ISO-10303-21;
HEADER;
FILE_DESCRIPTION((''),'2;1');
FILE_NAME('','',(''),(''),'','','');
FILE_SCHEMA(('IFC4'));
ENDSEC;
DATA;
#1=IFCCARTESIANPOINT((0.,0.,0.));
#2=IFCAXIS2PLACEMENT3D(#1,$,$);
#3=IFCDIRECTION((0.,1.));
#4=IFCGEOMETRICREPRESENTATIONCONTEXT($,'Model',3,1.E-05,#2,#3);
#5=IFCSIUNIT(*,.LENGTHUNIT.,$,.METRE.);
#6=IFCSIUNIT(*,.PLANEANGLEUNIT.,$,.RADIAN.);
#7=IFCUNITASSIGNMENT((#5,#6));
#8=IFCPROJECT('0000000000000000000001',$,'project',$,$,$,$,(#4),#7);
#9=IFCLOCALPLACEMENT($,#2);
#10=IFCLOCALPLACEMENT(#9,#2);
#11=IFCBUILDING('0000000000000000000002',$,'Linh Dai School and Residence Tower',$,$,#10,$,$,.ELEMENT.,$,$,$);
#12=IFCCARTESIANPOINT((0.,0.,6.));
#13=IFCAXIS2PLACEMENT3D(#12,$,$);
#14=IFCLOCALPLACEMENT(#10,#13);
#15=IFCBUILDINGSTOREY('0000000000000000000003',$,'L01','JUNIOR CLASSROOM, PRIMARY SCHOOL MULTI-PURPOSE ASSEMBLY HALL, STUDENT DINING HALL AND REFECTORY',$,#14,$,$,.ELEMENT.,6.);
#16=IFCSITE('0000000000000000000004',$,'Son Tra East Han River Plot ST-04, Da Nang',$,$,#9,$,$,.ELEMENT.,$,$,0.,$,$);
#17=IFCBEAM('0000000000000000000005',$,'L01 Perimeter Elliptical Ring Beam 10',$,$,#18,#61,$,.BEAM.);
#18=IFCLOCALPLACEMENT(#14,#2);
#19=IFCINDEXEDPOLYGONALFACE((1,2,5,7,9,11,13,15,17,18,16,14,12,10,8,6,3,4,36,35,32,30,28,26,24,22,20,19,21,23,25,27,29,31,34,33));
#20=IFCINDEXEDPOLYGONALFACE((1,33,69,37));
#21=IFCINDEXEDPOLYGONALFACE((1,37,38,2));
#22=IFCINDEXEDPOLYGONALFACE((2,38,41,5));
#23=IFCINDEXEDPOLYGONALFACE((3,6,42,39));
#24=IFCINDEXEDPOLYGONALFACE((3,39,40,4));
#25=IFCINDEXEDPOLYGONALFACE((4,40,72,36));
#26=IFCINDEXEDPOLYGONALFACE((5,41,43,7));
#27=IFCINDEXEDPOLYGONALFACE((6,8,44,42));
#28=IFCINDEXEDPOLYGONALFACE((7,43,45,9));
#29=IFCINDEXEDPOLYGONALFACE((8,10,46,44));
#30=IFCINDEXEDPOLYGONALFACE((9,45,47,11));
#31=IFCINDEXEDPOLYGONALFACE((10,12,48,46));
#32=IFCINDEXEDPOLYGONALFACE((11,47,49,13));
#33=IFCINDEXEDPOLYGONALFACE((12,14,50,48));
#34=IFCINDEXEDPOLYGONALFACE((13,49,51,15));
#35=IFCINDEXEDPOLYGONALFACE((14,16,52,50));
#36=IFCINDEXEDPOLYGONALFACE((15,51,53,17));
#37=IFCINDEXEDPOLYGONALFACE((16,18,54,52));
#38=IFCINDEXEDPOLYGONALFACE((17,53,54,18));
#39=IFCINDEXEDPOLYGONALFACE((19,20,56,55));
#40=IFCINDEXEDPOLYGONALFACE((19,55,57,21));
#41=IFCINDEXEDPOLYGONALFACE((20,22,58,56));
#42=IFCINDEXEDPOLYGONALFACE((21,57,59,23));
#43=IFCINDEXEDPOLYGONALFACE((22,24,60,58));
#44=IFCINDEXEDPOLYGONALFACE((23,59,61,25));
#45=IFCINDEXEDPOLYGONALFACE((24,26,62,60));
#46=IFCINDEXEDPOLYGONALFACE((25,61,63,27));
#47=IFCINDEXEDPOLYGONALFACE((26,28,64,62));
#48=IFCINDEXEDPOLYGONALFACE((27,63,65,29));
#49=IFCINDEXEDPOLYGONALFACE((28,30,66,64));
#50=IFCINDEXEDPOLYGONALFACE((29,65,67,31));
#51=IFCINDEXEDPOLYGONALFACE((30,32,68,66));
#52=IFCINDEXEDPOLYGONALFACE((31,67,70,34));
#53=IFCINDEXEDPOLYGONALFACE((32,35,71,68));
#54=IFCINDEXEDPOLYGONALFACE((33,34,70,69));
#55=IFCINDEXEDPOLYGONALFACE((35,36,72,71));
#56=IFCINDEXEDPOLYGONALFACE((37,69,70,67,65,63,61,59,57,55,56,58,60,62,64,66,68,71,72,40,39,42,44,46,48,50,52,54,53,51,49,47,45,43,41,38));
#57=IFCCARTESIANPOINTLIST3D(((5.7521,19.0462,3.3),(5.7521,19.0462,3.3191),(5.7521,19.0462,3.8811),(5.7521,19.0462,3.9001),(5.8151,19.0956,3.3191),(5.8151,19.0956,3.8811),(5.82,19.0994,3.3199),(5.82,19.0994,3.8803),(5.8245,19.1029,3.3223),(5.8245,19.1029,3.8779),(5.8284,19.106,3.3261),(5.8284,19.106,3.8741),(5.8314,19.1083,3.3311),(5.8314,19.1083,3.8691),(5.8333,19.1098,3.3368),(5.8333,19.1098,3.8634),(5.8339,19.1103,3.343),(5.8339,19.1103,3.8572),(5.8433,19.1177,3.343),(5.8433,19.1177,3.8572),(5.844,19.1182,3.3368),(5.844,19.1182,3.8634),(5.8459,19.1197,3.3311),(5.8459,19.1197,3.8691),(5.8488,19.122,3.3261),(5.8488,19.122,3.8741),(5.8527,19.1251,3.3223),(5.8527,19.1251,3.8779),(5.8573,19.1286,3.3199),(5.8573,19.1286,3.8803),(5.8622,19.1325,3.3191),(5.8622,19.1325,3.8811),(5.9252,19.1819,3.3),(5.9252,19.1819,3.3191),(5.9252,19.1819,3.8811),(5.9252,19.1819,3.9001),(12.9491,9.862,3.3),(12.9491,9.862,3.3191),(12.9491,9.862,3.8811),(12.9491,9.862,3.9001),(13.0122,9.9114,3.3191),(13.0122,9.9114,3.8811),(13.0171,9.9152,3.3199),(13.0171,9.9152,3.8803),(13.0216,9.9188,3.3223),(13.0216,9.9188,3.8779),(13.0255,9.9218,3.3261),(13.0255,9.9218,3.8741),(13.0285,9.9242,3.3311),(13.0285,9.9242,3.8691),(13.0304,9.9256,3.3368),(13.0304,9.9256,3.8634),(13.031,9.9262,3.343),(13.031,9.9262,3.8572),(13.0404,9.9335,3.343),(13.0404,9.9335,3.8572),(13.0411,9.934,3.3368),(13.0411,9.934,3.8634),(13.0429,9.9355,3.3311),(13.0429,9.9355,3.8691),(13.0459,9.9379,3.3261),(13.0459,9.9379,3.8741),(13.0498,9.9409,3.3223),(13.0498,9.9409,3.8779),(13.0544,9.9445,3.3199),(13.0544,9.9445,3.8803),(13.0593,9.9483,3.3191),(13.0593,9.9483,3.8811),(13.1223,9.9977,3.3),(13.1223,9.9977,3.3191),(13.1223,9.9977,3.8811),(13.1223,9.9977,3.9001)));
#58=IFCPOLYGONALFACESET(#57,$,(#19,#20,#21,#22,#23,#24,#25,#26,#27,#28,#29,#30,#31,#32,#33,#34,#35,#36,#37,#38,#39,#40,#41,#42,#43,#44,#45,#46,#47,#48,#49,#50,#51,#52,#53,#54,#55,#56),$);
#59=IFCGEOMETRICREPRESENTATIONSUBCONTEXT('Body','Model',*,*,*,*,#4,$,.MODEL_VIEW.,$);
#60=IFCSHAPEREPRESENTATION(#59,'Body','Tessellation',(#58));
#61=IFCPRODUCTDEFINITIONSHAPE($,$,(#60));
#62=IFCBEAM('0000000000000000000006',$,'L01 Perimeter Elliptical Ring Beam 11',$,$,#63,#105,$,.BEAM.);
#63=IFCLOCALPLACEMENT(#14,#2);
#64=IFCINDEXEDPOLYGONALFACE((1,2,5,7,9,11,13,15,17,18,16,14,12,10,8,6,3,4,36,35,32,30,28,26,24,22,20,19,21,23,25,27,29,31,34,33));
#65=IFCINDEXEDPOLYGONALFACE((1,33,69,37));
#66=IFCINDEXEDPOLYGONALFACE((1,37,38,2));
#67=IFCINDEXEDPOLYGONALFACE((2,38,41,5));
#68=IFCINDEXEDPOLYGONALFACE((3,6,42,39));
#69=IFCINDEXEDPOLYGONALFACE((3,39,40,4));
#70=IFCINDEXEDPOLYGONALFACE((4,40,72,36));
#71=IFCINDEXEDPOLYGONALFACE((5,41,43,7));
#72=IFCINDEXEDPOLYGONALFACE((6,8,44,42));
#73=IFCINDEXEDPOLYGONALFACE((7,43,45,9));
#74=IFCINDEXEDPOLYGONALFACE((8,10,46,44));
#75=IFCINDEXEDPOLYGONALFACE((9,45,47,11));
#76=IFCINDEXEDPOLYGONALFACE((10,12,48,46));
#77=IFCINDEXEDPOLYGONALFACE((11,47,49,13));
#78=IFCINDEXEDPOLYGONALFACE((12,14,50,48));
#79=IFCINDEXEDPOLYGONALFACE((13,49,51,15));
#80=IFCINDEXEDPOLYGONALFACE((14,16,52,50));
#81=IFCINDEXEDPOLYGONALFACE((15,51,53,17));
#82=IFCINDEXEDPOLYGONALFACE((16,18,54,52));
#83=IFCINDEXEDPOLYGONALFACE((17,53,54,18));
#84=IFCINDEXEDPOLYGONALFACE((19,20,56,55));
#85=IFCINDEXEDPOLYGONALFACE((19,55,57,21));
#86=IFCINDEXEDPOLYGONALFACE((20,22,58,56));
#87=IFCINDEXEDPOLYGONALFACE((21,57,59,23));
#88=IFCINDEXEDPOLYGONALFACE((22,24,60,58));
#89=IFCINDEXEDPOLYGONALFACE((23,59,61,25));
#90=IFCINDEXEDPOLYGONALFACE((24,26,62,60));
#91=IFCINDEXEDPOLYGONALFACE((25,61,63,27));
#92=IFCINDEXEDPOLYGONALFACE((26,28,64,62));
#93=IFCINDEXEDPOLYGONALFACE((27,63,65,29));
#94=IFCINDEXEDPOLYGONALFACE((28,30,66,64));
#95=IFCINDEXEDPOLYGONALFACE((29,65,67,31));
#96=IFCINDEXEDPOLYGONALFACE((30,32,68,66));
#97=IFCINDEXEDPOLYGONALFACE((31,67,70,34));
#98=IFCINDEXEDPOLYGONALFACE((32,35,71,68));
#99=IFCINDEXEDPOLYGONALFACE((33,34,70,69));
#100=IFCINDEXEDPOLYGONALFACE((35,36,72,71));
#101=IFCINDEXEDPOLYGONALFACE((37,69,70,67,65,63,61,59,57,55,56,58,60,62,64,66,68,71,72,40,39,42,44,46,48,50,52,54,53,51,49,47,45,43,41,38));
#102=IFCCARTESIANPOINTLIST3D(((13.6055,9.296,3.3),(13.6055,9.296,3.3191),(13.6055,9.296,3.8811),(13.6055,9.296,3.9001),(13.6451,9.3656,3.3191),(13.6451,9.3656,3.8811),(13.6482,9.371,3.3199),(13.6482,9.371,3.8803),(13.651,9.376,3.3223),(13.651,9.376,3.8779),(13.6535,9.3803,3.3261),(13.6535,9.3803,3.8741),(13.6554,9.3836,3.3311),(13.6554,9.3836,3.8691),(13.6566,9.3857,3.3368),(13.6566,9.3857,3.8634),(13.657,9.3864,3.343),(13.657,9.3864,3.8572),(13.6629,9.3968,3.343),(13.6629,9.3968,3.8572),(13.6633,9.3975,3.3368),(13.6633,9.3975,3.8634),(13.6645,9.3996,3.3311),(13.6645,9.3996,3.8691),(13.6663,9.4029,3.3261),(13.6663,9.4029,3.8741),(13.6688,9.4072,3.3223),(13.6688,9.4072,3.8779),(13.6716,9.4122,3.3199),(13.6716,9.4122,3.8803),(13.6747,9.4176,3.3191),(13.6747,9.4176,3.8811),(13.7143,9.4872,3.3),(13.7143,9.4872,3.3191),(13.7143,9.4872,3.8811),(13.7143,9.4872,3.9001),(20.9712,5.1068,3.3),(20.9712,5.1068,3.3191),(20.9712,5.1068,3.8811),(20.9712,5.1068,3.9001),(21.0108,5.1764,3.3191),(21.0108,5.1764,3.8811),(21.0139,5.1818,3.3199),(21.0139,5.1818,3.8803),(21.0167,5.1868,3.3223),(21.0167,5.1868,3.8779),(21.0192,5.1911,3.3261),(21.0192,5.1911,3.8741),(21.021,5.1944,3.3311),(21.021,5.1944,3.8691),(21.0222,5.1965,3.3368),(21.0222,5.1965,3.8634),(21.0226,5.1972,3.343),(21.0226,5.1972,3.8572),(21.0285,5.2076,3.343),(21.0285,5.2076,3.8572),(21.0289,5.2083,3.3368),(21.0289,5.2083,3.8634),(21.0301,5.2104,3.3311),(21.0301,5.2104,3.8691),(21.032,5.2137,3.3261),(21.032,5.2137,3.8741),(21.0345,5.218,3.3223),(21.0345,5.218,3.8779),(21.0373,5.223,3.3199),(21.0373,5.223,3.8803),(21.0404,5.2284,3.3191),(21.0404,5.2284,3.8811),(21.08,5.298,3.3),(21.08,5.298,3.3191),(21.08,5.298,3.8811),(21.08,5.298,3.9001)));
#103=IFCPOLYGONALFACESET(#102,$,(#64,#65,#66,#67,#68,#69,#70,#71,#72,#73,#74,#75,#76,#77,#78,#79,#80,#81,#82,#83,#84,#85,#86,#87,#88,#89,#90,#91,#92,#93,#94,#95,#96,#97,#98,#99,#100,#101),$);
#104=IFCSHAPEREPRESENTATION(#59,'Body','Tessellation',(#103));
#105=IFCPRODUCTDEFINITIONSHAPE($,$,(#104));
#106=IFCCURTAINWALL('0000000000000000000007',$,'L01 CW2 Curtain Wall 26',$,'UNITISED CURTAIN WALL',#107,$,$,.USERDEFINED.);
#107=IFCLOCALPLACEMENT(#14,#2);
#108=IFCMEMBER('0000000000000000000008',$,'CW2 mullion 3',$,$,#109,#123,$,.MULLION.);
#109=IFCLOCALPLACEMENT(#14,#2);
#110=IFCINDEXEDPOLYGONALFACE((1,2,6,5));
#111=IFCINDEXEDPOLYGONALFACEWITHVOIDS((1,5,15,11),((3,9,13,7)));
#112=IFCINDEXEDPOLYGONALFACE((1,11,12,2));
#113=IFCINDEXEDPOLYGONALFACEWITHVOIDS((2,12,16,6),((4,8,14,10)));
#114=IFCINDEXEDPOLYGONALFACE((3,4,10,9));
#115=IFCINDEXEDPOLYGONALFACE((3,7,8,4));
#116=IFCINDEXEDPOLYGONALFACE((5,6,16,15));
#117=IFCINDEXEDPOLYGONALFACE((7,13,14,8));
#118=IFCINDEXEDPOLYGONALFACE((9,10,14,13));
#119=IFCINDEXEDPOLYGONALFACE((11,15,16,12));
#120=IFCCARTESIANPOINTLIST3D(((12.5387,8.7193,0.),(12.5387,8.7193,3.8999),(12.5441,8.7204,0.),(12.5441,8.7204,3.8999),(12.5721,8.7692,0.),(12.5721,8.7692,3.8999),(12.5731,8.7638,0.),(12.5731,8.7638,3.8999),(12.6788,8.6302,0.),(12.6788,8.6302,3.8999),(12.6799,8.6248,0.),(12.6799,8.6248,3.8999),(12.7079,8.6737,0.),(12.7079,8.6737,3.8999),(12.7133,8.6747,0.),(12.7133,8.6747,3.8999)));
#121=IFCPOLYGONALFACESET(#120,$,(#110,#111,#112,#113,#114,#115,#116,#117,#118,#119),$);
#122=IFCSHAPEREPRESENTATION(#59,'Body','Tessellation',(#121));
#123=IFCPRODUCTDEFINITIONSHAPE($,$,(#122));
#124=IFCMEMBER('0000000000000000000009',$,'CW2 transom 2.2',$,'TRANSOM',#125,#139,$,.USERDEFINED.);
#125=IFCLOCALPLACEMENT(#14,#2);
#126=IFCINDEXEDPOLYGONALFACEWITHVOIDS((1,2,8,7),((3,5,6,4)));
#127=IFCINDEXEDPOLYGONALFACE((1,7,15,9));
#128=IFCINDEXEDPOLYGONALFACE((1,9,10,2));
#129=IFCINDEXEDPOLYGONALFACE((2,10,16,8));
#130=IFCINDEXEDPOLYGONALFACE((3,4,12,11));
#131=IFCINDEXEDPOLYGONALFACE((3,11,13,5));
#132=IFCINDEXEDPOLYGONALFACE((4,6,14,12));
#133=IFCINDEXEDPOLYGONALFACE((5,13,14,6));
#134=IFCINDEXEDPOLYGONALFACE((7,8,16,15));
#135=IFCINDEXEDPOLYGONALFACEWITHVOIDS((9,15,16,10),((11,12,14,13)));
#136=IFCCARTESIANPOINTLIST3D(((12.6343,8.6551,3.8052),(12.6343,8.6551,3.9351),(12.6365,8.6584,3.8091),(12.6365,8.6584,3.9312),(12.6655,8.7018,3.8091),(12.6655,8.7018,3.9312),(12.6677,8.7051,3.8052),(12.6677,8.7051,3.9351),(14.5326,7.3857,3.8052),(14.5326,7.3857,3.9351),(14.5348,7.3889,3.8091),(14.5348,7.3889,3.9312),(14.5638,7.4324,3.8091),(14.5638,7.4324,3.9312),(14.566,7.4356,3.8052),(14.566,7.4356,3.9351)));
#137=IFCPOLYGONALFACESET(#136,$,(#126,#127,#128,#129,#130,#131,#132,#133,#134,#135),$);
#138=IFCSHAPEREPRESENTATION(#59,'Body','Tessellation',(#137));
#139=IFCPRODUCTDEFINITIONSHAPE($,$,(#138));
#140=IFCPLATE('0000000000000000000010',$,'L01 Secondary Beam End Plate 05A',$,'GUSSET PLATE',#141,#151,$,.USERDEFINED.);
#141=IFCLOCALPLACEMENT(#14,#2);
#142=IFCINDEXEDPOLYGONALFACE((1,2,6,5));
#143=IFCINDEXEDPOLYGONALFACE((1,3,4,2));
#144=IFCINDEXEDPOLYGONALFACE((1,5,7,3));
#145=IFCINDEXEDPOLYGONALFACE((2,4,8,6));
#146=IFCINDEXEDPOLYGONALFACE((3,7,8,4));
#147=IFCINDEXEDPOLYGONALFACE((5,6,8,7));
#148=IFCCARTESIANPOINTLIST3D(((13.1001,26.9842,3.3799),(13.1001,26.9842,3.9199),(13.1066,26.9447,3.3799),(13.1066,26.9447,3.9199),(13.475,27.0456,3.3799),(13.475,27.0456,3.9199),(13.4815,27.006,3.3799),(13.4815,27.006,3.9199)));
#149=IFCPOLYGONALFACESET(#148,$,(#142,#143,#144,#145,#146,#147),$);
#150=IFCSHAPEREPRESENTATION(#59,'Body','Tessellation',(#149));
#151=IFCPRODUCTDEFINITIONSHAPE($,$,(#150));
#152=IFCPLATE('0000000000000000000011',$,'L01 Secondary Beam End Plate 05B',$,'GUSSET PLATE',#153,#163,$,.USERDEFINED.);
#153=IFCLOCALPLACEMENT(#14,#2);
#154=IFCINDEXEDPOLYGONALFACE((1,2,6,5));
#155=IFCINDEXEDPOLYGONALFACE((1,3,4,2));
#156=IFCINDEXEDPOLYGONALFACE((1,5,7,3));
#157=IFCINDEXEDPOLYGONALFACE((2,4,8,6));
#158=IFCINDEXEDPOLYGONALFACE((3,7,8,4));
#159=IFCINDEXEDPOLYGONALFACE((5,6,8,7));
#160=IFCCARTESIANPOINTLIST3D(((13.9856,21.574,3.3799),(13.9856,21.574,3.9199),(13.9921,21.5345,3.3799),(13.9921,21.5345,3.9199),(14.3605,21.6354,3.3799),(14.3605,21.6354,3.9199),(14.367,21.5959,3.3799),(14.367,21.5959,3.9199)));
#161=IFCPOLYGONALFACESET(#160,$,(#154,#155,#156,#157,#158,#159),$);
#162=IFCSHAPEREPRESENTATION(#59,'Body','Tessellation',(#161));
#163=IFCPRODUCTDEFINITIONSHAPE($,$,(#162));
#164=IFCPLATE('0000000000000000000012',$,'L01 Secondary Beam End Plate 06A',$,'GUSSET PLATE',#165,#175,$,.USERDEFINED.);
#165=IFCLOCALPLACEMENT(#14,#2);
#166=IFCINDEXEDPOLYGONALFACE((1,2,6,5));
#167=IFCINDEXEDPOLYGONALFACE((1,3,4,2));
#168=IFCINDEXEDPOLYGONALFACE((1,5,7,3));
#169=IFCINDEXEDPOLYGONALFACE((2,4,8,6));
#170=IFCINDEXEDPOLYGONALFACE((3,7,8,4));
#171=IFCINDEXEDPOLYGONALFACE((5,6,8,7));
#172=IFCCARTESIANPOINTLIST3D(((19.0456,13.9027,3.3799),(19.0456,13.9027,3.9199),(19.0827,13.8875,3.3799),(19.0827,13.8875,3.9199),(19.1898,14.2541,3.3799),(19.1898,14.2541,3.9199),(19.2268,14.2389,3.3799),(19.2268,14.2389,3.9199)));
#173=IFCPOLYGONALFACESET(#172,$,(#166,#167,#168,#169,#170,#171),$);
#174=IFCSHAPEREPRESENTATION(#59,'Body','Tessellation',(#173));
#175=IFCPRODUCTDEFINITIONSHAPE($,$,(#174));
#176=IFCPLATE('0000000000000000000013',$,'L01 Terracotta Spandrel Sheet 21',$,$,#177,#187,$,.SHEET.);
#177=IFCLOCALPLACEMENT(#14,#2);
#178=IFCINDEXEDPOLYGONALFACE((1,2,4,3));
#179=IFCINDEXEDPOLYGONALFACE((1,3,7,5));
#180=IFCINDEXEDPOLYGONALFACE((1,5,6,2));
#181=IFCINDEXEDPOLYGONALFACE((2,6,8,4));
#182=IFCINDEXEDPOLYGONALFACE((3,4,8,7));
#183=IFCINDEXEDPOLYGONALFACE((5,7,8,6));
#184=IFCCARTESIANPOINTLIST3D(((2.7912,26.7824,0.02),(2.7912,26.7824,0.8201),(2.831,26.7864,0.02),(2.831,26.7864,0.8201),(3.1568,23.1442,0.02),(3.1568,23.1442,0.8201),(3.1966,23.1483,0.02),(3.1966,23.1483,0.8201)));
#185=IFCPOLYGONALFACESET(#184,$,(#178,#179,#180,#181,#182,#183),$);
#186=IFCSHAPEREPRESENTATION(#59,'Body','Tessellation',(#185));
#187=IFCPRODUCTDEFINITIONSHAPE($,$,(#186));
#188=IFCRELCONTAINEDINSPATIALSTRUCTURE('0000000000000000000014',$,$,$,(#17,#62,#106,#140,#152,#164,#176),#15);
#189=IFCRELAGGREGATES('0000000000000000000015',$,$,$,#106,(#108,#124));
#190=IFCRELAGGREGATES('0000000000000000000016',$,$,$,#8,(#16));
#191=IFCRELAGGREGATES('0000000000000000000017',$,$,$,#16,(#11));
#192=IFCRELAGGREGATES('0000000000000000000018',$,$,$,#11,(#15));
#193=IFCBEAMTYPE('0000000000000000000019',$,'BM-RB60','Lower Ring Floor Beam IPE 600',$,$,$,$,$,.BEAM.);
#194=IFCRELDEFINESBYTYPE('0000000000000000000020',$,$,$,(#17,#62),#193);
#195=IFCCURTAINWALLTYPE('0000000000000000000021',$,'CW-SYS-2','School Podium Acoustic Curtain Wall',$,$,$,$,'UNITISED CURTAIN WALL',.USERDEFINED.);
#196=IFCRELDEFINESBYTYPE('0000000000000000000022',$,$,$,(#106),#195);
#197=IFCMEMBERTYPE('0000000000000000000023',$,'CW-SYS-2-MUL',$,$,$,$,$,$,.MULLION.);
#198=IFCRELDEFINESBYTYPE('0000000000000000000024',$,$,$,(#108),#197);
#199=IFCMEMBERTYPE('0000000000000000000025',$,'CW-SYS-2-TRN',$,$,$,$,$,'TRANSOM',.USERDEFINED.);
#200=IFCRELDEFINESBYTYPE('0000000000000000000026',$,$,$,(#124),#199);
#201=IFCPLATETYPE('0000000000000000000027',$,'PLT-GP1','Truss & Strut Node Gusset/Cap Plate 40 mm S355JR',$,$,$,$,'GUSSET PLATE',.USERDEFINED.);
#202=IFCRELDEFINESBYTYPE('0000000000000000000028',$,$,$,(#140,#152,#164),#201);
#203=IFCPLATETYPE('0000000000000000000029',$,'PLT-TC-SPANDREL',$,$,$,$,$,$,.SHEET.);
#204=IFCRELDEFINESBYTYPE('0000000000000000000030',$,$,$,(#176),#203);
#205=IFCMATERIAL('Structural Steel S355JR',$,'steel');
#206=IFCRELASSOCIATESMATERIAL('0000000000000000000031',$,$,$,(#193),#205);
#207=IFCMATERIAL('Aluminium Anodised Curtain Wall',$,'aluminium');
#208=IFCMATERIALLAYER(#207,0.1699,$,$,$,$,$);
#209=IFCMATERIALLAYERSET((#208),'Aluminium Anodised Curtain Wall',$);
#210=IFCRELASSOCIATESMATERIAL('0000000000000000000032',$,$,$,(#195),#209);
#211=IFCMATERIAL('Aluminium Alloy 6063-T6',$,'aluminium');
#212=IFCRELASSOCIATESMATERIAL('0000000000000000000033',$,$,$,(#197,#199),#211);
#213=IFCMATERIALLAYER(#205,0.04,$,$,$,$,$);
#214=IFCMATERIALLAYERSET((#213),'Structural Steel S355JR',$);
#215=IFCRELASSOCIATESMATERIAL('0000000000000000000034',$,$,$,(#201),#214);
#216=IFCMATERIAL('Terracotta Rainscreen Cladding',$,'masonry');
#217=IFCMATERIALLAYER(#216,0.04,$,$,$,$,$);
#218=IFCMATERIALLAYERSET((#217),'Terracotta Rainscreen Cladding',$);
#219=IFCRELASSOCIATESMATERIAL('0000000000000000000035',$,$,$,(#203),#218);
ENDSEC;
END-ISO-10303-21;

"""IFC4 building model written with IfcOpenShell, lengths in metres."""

from ifc_helpers import new_model, si_unit, direction, frame, origin, origin_2d, place, context, subcontext, project, spatial, rectangle, hollow_rectangle, i_section, extrude, source, transform, mapped, material, layer, layer_set, material_profile, profile_set, type_object, element, aggregate, save


model = new_model("IFC4")

# Units and contexts
model_context = context("Model", 3, precision=1e-05, world=origin(), true_north=direction((0.0, 1.0)))
body_context = subcontext(model_context, "Body", "Model", "MODEL_VIEW")
ifc_project = project(units=[si_unit("LENGTHUNIT", "METRE"), si_unit("PLANEANGLEUNIT", "RADIAN")], contexts=[model_context])

# Site, building, storey
site_placement = place(None, origin())
site = spatial("IfcSite", under=ifc_project, at=site_placement, Name="Son Tra East Han River Plot ST-04, Da Nang", CompositionType="ELEMENT", RefElevation=0.0)
building_placement = place(site_placement, origin())
building = spatial("IfcBuilding", under=site, at=building_placement, Name="Linh Dai School and Residence Tower", CompositionType="ELEMENT")
storey_placement = place(building_placement, frame((0.0, 0.0, 6.0)))
storey = spatial("IfcBuildingStorey", under=building, at=storey_placement, Name="L01", Description="JUNIOR CLASSROOM, PRIMARY SCHOOL MULTI-PURPOSE ASSEMBLY HALL, STUDENT DINING HALL AND REFECTORY", CompositionType="ELEMENT", Elevation=6.0)

# Shared definitions
ifc_material_1 = material(Name="Structural Steel S355JR", Category="steel")

# Beams
ifc_material_profile_1 = material_profile(ifc_material_1, i_section(OverallWidth=0.22, OverallDepth=0.6001, WebThickness=0.012, FlangeThickness=0.019, FilletRadius=0.0239, at=origin_2d()), Name="IPE 600")
ifc_profile_set_1 = profile_set([ifc_material_profile_1], Name="Structural Steel S355JR")
beam_type_1 = type_object("IfcBeamType", Name="BM-RB60", Description="Lower Ring Floor Beam IPE 600", PredefinedType="BEAM", material=ifc_profile_set_1)
beam_1_placement = place(storey_placement, frame((5.8386, 19.114, 3.6001), z_axis=(0.616812, -0.787111, 0.0), x_axis=(0.787111, 0.616812, 0.0)))
element("IfcBeam", 1, at=beam_1_placement, inside=storey, type_object=beam_type_1, Name="L01 Perimeter Elliptical Ring Beam 10", PredefinedType="BEAM", context=body_context, shape_type="SweptSolid", body=[
    extrude(i_section(OverallWidth=0.22, OverallDepth=0.6001, WebThickness=0.012, FlangeThickness=0.019, FilletRadius=0.0239, at=origin_2d()), origin(), (0.0, 0.0, 1.0), 11.6682),
])
beam_2_placement = place(storey_placement, frame((13.6599, 9.3916, 3.6001), z_axis=(0.869247, -0.494379, 0.0), x_axis=(0.494379, 0.869247, 0.0)))
element("IfcBeam", 2, at=beam_2_placement, inside=storey, type_object=beam_type_1, Name="L01 Perimeter Elliptical Ring Beam 11", PredefinedType="BEAM", context=body_context, shape_type="SweptSolid", body=[
    extrude(i_section(OverallWidth=0.22, OverallDepth=0.6001, WebThickness=0.012, FlangeThickness=0.019, FilletRadius=0.0239, at=origin_2d()), origin(), (0.0, 0.0, 1.0), 8.4736),
])

# Curtain wall, members
ifc_material_2 = material(Name="Aluminium Anodised Curtain Wall", Category="aluminium")
ifc_layer_1 = layer(ifc_material_2, 0.1699)
ifc_layer_set_1 = layer_set([ifc_layer_1], Name="Aluminium Anodised Curtain Wall")
curtain_wall_type = type_object("IfcCurtainWallType", Name="CW-SYS-2", Description="School Podium Acoustic Curtain Wall", ElementType="UNITISED CURTAIN WALL", PredefinedType="USERDEFINED", material=ifc_layer_set_1)
curtain_wall_placement = place(storey_placement, origin())
curtain_wall = element("IfcCurtainWall", 3, at=curtain_wall_placement, inside=storey, type_object=curtain_wall_type, Name="L01 CW2 Curtain Wall 26", ObjectType="UNITISED CURTAIN WALL", PredefinedType="USERDEFINED")
ifc_material_3 = material(Name="Aluminium Alloy 6063-T6", Category="aluminium")
ifc_material_profile_2 = material_profile(ifc_material_3, hollow_rectangle(XDim=0.0601, YDim=0.1699, WallThickness=0.0039, at=origin_2d()), Name="RHS 170x60x4")
ifc_profile_set_2 = profile_set([ifc_material_profile_2], Name="Aluminium Alloy 6063-T6")
member_type_1 = type_object("IfcMemberType", Name="CW-SYS-2-MUL", PredefinedType="MULLION", material=ifc_profile_set_2)
shared_shape_1 = source(origin(), body_context, "Body", "SweptSolid", [
    extrude(hollow_rectangle(XDim=0.0601, YDim=0.1699, WallThickness=0.0039, at=origin_2d()), origin(), (0.0, 0.0, 1.0), 3.8999),
])
member_1_placement = place(storey_placement, frame((12.626, 8.697, 0.0), z_axis=(0.0, 0.0, 1.0), x_axis=(-0.555957, -0.831211, 0.0)))
member_1 = element("IfcMember", 4, at=member_1_placement, type_object=member_type_1, Name="CW2 mullion 3", PredefinedType="MULLION", context=body_context, shape_type="MappedRepresentation", body=[
    mapped(shared_shape_1, transform((0.0, 0.0, 0.0), x_axis=(1.0, 0.0, 0.0), y_axis=(0.0, 1.0, 0.0), z_axis=(0.0, 0.0, 1.0), scale=1.0)),
])
ifc_material_profile_3 = material_profile(ifc_material_3, hollow_rectangle(XDim=0.0601, YDim=0.1299, WallThickness=0.0039, at=origin_2d()), Name="RHS 130x60x4")
ifc_profile_set_3 = profile_set([ifc_material_profile_3], Name="Aluminium Alloy 6063-T6")
member_type_2 = type_object("IfcMemberType", Name="CW-SYS-2-TRN", ElementType="TRANSOM", PredefinedType="USERDEFINED", material=ifc_profile_set_3)
shared_shape_2 = source(origin(), body_context, "Body", "SweptSolid", [
    extrude(hollow_rectangle(XDim=0.0601, YDim=0.1299, WallThickness=0.0039, at=origin_2d()), origin(), (0.0, 0.0, 1.0), 2.2837),
])
member_2_placement = place(storey_placement, frame((14.5493, 7.4106, 3.8701), z_axis=(-0.83126, 0.555884, 0.0), x_axis=(-0.555884, -0.83126, 0.0)))
member_2 = element("IfcMember", 5, at=member_2_placement, type_object=member_type_2, Name="CW2 transom 2.2", ObjectType="TRANSOM", PredefinedType="USERDEFINED", context=body_context, shape_type="MappedRepresentation", body=[
    mapped(shared_shape_2, transform((0.0, 0.0, 0.0), x_axis=(1.0, 0.0, 0.0), y_axis=(0.0, 1.0, 0.0), z_axis=(0.0, 0.0, 1.0), scale=1.0)),
])

# Plates
ifc_layer_2 = layer(ifc_material_1, 0.04)
ifc_layer_set_2 = layer_set([ifc_layer_2], Name="Structural Steel S355JR")
plate_type_1 = type_object("IfcPlateType", Name="PLT-GP1", Description="Truss & Strut Node Gusset/Cap Plate 40 mm S355JR", ElementType="GUSSET PLATE", PredefinedType="USERDEFINED", material=ifc_layer_set_2)
shared_shape_3 = source(origin(), body_context, "Body", "SweptSolid", [
    extrude(rectangle(XDim=0.04, YDim=0.3799, at=origin_2d()), origin(), (0.0, 0.0, 1.0), 0.54),
])
for number, where, z_axis, x_axis, name in (
    (6, (13.2908, 26.9951, 3.3799), (0.0, 0.0, 1.0), (0.161522, -0.986869, 0.0), "L01 Secondary Beam End Plate 05A"),
    (7, (14.1763, 21.585, 3.3799), (0.0, 0.0, 1.0), (0.161522, -0.986869, 0.0), "L01 Secondary Beam End Plate 05B"),
    (8, (19.1362, 14.0708, 3.3799), (0.0, 0.0, 1.0), (0.925232, -0.379401, 0.0), "L01 Secondary Beam End Plate 06A"),
):
    element("IfcPlate", number, at=place(storey_placement, frame(where, z_axis=z_axis, x_axis=x_axis)), inside=storey, type_object=plate_type_1, Name=name, ObjectType="GUSSET PLATE", PredefinedType="USERDEFINED", context=body_context, shape_type="MappedRepresentation", body=[
        mapped(shared_shape_3, transform((0.0, 0.0, 0.0), x_axis=(1.0, 0.0, 0.0), y_axis=(0.0, 1.0, 0.0), z_axis=(0.0, 0.0, 1.0), scale=1.0)),
    ])
ifc_material_4 = material(Name="Terracotta Rainscreen Cladding", Category="masonry")
ifc_layer_3 = layer(ifc_material_4, 0.04)
ifc_layer_set_3 = layer_set([ifc_layer_3], Name="Terracotta Rainscreen Cladding")
plate_type_2 = type_object("IfcPlateType", Name="PLT-TC-SPANDREL", PredefinedType="SHEET", material=ifc_layer_set_3)
shared_shape_4 = source(origin(), body_context, "Body", "SweptSolid", [
    extrude(rectangle(XDim=3.6565, YDim=0.04, at=origin_2d()), origin(), (0.0, 0.0, 1.0), 0.8),
])
plate_1_placement = place(storey_placement, frame((2.9939, 24.9653, 0.02), z_axis=(0.0, 0.0, 1.0), x_axis=(-0.099995, 0.994988, 0.0)))
element("IfcPlate", 9, at=plate_1_placement, inside=storey, type_object=plate_type_2, Name="L01 Terracotta Spandrel Sheet 21", PredefinedType="SHEET", context=body_context, shape_type="MappedRepresentation", body=[
    mapped(shared_shape_4, transform((0.0, 0.0, 0.0), x_axis=(1.0, 0.0, 0.0), y_axis=(0.0, 1.0, 0.0), z_axis=(0.0, 0.0, 1.0), scale=1.0)),
])

aggregate(curtain_wall, [member_1, member_2])

save(model, "model.ifc")
